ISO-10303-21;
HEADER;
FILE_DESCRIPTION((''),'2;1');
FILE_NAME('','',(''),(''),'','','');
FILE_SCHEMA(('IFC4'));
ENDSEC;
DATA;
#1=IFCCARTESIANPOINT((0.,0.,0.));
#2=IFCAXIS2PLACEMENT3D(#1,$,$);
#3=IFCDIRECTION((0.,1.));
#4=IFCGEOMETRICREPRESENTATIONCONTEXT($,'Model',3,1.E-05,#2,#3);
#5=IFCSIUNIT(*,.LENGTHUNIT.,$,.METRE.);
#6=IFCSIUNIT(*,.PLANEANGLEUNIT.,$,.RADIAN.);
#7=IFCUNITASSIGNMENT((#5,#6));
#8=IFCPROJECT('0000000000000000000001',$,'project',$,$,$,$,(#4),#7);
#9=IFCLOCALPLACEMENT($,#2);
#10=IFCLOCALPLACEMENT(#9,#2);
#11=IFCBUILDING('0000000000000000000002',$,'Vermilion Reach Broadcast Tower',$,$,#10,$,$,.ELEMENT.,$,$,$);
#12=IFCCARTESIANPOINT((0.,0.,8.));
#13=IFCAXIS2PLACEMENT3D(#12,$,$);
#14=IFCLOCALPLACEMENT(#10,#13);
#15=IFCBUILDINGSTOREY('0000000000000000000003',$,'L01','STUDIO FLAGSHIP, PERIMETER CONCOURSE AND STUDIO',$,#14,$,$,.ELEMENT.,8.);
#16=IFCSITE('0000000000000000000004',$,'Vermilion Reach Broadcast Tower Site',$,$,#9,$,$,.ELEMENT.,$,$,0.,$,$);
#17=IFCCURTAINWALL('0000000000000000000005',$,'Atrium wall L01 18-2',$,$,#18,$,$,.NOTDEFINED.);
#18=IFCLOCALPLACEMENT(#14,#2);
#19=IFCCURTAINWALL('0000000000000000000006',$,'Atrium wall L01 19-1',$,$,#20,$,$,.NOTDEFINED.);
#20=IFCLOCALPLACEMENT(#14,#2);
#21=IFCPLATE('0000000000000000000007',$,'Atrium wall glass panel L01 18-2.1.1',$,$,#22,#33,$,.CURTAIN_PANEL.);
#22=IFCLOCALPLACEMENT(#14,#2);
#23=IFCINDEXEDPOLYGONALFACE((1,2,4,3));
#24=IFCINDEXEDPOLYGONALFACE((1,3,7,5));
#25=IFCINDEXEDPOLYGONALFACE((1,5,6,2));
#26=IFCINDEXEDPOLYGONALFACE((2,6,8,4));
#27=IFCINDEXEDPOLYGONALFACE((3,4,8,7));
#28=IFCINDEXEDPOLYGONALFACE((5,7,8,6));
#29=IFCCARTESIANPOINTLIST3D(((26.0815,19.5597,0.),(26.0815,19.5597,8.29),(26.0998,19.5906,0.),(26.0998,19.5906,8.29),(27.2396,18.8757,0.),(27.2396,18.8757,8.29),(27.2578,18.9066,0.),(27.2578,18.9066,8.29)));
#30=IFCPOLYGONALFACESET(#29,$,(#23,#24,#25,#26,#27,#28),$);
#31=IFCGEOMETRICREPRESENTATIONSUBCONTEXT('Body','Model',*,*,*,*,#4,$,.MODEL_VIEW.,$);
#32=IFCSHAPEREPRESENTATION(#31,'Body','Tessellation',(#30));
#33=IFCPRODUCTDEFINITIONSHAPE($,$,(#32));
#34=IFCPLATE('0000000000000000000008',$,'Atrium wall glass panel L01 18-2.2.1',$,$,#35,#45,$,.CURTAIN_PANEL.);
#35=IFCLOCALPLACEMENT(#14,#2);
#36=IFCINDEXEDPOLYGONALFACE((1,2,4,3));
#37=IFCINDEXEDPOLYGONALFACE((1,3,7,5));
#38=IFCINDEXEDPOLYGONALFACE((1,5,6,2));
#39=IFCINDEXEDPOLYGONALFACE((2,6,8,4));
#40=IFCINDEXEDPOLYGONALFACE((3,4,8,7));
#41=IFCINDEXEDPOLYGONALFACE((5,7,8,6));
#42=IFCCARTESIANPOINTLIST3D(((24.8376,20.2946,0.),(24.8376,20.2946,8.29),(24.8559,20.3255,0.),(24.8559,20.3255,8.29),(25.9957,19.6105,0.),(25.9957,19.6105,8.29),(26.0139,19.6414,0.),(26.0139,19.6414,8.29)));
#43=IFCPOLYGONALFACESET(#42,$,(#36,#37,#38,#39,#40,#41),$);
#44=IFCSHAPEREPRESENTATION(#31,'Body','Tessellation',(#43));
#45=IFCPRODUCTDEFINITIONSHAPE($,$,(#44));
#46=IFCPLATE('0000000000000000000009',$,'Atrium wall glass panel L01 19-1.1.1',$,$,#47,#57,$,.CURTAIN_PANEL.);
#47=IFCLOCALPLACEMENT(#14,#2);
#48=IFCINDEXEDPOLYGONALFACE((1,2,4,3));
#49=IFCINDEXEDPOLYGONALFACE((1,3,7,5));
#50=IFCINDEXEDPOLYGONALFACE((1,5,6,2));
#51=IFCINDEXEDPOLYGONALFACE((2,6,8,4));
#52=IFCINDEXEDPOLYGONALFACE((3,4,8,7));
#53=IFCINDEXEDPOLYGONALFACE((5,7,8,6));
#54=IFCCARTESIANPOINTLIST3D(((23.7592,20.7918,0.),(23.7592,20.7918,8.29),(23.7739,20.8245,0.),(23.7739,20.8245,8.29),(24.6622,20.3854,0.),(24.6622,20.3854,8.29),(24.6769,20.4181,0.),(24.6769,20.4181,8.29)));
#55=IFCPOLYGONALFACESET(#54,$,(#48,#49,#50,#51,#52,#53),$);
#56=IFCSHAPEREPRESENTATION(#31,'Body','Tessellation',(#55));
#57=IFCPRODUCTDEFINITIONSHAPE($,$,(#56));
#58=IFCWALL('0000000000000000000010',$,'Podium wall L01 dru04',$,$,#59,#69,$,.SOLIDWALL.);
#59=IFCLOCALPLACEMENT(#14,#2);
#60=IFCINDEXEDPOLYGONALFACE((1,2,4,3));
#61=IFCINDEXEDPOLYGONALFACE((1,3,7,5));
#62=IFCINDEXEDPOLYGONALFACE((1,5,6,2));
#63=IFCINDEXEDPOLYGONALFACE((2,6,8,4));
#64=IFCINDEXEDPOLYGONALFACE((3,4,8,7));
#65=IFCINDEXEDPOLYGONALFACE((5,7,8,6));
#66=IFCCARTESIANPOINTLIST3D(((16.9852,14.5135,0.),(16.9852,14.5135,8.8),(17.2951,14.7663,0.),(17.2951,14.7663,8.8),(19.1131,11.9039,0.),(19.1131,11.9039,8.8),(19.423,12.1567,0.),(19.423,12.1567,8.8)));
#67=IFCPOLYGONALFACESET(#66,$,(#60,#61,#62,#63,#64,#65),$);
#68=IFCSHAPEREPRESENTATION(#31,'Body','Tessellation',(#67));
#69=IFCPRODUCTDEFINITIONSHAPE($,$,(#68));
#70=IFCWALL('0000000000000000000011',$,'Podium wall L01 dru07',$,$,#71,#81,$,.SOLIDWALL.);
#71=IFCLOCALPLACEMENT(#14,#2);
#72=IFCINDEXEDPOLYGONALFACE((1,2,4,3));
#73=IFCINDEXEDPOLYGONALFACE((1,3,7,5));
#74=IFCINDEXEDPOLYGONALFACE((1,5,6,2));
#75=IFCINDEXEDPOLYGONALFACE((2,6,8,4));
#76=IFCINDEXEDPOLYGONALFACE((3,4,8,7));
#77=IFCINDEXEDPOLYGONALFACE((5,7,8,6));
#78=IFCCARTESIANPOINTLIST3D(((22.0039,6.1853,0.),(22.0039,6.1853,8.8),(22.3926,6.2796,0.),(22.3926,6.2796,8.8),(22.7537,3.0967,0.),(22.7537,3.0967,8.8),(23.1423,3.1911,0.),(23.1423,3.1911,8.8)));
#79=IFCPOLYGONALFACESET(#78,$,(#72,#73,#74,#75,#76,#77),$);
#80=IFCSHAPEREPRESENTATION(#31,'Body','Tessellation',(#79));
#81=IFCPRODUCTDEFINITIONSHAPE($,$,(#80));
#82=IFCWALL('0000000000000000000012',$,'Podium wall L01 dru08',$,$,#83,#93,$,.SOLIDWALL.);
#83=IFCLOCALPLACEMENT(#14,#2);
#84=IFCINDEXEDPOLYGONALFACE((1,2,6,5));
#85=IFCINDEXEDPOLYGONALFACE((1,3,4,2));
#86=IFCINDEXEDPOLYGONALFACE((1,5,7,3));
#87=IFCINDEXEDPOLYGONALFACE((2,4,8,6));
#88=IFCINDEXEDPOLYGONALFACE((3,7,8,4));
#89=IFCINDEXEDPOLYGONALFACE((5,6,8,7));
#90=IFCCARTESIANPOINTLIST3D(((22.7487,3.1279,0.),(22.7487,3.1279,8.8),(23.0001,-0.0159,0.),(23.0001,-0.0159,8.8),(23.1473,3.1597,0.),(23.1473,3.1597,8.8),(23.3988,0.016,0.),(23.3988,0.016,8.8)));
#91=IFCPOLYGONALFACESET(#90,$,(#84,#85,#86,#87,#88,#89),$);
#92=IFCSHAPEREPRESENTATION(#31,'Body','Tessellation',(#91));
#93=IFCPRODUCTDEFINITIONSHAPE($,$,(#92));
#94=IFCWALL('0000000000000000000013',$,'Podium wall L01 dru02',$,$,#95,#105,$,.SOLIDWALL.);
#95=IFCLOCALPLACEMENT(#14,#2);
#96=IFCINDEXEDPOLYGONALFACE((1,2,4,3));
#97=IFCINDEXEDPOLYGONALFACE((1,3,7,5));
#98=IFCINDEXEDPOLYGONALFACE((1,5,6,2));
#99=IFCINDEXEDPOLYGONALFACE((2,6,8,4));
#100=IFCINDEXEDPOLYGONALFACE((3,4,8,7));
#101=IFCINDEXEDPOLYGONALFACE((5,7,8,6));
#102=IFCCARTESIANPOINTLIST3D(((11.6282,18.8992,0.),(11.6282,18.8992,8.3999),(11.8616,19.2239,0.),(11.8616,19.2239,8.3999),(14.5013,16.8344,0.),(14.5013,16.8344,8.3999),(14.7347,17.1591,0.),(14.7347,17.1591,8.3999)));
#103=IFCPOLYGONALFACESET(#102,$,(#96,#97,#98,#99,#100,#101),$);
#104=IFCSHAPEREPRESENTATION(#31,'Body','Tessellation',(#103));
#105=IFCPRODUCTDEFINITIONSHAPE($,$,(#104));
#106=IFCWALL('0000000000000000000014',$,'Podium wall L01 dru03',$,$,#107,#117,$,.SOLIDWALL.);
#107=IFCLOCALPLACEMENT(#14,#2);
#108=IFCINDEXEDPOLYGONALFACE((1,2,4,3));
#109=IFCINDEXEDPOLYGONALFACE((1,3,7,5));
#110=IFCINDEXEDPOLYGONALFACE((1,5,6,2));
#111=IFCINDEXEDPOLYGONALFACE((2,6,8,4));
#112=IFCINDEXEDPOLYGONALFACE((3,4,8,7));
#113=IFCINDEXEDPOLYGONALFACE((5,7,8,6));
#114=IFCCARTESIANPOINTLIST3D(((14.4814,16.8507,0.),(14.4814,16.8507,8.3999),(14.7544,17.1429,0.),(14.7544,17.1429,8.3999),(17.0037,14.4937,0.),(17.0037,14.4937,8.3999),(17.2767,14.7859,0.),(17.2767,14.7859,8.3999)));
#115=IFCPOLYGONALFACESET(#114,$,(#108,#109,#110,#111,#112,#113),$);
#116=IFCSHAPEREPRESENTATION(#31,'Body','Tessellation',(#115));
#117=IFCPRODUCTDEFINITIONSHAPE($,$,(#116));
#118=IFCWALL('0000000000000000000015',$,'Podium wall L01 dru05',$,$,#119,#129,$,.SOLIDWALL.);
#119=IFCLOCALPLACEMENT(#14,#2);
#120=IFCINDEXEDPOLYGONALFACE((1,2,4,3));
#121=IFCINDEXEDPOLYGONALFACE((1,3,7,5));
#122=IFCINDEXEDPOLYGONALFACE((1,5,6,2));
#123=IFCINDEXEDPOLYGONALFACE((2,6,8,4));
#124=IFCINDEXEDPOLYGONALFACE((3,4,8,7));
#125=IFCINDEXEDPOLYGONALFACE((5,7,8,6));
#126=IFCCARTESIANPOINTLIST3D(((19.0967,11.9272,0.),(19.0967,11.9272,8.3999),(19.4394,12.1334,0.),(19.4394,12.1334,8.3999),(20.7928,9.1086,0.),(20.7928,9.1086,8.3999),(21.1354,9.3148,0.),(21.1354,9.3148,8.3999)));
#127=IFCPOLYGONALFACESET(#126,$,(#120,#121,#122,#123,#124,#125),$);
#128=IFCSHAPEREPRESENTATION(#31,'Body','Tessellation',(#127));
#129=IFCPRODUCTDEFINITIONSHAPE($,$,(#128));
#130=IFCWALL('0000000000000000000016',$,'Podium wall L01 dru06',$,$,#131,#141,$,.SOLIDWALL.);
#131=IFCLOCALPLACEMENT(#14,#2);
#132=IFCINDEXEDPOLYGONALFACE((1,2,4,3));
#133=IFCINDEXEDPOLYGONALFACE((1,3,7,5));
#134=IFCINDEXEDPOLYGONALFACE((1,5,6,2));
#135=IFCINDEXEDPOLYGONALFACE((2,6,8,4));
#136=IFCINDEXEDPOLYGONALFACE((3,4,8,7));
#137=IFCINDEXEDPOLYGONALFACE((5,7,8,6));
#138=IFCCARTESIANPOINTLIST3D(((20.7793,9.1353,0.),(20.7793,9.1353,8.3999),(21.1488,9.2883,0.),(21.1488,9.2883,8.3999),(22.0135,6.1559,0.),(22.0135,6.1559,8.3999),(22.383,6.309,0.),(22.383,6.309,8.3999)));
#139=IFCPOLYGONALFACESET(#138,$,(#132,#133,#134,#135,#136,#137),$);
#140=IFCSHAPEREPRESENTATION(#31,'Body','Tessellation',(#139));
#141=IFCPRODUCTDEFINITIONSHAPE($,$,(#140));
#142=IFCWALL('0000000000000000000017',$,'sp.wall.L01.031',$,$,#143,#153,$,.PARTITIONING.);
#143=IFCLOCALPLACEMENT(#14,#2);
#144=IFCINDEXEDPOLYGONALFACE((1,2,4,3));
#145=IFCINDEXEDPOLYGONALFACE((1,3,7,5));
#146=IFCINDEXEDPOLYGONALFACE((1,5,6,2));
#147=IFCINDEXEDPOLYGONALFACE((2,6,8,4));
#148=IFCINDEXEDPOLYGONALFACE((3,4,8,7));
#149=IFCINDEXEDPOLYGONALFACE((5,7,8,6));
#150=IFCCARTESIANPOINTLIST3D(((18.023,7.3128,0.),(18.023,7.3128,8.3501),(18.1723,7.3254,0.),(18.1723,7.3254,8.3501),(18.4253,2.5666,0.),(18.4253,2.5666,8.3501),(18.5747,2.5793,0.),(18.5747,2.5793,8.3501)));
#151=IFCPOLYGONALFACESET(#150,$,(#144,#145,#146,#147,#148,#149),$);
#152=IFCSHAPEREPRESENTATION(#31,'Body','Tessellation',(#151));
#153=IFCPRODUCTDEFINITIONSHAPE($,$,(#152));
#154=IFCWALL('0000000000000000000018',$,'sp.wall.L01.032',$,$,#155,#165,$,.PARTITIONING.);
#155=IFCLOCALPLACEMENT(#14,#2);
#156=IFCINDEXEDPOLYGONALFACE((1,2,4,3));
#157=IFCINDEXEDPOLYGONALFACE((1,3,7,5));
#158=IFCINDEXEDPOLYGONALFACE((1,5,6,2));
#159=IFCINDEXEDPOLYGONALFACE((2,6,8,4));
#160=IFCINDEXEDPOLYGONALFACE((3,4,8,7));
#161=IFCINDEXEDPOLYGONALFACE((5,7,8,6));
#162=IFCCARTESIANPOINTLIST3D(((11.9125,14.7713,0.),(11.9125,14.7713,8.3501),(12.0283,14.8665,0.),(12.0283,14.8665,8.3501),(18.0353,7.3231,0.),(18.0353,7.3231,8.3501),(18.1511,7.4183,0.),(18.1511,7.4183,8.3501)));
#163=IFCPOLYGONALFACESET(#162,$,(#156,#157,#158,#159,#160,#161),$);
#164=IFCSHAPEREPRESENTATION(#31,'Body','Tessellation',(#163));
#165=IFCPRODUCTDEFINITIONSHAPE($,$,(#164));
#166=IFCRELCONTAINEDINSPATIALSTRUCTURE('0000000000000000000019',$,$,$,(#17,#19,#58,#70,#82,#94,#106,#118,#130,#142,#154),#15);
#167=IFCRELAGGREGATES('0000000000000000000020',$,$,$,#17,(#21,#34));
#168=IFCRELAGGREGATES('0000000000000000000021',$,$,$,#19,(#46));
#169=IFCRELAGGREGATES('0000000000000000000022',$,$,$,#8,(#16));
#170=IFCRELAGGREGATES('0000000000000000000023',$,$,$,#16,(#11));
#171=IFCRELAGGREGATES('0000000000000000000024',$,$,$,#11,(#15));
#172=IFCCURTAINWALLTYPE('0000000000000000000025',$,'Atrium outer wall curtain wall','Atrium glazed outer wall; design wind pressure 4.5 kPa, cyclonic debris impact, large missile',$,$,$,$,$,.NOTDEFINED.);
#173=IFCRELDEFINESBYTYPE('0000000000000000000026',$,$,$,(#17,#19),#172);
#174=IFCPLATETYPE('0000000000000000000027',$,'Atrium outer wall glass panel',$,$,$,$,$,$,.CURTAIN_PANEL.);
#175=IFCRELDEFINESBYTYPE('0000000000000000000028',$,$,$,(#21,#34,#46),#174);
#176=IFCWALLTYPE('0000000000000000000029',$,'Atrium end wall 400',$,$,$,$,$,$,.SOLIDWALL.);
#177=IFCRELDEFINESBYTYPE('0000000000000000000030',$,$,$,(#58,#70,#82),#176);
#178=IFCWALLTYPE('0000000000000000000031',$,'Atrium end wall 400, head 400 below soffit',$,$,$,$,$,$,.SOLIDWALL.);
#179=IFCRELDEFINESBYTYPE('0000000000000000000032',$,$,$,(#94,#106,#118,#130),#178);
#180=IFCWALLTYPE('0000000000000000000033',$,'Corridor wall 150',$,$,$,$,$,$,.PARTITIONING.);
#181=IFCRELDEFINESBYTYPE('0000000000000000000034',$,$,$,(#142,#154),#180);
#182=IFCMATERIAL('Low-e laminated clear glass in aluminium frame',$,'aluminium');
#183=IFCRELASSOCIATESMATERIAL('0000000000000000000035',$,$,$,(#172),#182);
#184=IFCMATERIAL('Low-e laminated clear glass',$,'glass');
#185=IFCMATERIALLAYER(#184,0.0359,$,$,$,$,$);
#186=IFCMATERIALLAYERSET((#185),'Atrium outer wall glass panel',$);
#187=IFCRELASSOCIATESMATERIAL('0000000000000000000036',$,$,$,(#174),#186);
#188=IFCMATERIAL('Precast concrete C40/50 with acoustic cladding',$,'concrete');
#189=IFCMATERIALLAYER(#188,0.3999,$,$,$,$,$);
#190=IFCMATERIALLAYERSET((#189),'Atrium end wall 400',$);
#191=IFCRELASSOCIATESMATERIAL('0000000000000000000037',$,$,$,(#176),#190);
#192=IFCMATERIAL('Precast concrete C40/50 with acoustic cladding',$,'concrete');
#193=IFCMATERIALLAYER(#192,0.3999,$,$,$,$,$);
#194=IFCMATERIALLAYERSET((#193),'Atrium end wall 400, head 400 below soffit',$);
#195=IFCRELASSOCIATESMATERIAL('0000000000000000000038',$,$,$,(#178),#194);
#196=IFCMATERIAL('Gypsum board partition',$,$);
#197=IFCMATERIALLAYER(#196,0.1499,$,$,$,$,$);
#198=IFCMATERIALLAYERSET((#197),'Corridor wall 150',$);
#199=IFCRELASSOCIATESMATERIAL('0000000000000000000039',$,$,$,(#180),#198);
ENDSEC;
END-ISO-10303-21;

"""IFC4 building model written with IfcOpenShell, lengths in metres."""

from ifc_helpers import new_model, si_unit, direction, frame, frame_2d, origin, origin_2d, place, context, subcontext, project, spatial, rectangle, extrude, material, layer, layer_set, type_object, element, aggregate, save


model = new_model("IFC4")

# Units and contexts
model_context = context("Model", 3, precision=1e-05, world=origin(), true_north=direction((0.0, 1.0)))
body_context = subcontext(model_context, "Body", "Model", "MODEL_VIEW")
ifc_project = project(units=[si_unit("LENGTHUNIT", "METRE"), si_unit("PLANEANGLEUNIT", "RADIAN")], contexts=[model_context])

# Site, building, storey
site_placement = place(None, origin())
site = spatial("IfcSite", under=ifc_project, at=site_placement, Name="Vermilion Reach Broadcast Tower Site", CompositionType="ELEMENT", RefElevation=0.0)
building_placement = place(site_placement, origin())
building = spatial("IfcBuilding", under=site, at=building_placement, Name="Vermilion Reach Broadcast Tower", CompositionType="ELEMENT")
storey_placement = place(building_placement, frame((0.0, 0.0, 8.0)))
storey = spatial("IfcBuildingStorey", under=building, at=storey_placement, Name="L01", Description="STUDIO FLAGSHIP, PERIMETER CONCOURSE AND STUDIO", CompositionType="ELEMENT", Elevation=8.0)

# Curtain walls
ifc_material_1 = material(Name="Low-e laminated clear glass in aluminium frame", Category="aluminium")
curtain_wall_type = type_object("IfcCurtainWallType", Name="Atrium outer wall curtain wall", Description="Atrium glazed outer wall; design wind pressure 4.5 kPa, cyclonic debris impact, large missile", PredefinedType="NOTDEFINED", material=ifc_material_1)
placement = place(storey_placement, origin())
curtain_wall_1 = element("IfcCurtainWall", 1, at=placement, inside=storey, type_object=curtain_wall_type, Name="Atrium wall L01 18-2", PredefinedType="NOTDEFINED")
curtain_wall_2 = element("IfcCurtainWall", 2, at=placement, inside=storey, type_object=curtain_wall_type, Name="Atrium wall L01 19-1", PredefinedType="NOTDEFINED")

# Plates
ifc_material_2 = material(Name="Low-e laminated clear glass", Category="glass")
ifc_layer_1 = layer(ifc_material_2, 0.0359)
ifc_layer_set_1 = layer_set([ifc_layer_1], Name="Atrium outer wall glass panel")
plate_type = type_object("IfcPlateType", Name="Atrium outer wall glass panel", PredefinedType="CURTAIN_PANEL", material=ifc_layer_set_1)
plate_1_placement = place(storey_placement, frame((26.6697, 19.2332, 0.0), z_axis=(0.0, 0.0, 1.0), x_axis=(-0.861009, 0.50859, 0.0)))
plate_1 = element("IfcPlate", 3, at=plate_1_placement, type_object=plate_type, Name="Atrium wall glass panel L01 18-2.1.1", PredefinedType="CURTAIN_PANEL", context=body_context, shape_type="SweptSolid", body=[
    extrude(rectangle(XDim=1.345, YDim=0.0359, at=origin_2d()), origin(), (0.0, 0.0, 1.0), 8.29),
])
plate_2_placement = place(storey_placement, frame((25.4258, 19.968, 0.0), z_axis=(0.0, 0.0, 1.0), x_axis=(-0.861009, 0.50859, 0.0)))
plate_2 = element("IfcPlate", 4, at=plate_2_placement, type_object=plate_type, Name="Atrium wall glass panel L01 18-2.2.1", PredefinedType="CURTAIN_PANEL", context=body_context, shape_type="SweptSolid", body=[
    extrude(rectangle(XDim=1.345, YDim=0.0359, at=origin_2d()), origin(), (0.0, 0.0, 1.0), 8.29),
])
aggregate(curtain_wall_1, [plate_1, plate_2])
plate_3_placement = place(storey_placement, frame((24.218, 20.605, 0.0), z_axis=(0.0, 0.0, 1.0), x_axis=(-0.911902, 0.410408, 0.0)))
plate_3 = element("IfcPlate", 5, at=plate_3_placement, type_object=plate_type, Name="Atrium wall glass panel L01 19-1.1.1", PredefinedType="CURTAIN_PANEL", context=body_context, shape_type="SweptSolid", body=[
    extrude(rectangle(XDim=0.9902, YDim=0.0359, at=origin_2d()), origin(), (0.0, 0.0, 1.0), 8.29),
])
aggregate(curtain_wall_2, [plate_3])

# Walls
ifc_material_3 = material(Name="Precast concrete C40/50 with acoustic cladding", Category="concrete")
ifc_layer_2 = layer(ifc_material_3, 0.3999)
ifc_layer_set_2 = layer_set([ifc_layer_2], Name="Atrium end wall 400")
wall_type_1 = type_object("IfcWallType", Name="Atrium end wall 400", PredefinedType="SOLIDWALL", material=ifc_layer_set_2)
wall_1_placement = place(storey_placement, frame((17.1401, 14.6399, 0.0), z_axis=(0.0, 0.0, 1.0), x_axis=(0.631954, -0.775006, 0.0)))
element("IfcWall", 6, at=wall_1_placement, inside=storey, type_object=wall_type_1, Name="Podium wall L01 dru04", PredefinedType="SOLIDWALL", context=body_context, shape_type="SweptSolid", body=[
    extrude(rectangle(XDim=3.3672, YDim=0.3999, at=frame_2d((1.6836, 0.0))), origin(), (0.0, 0.0, 1.0), 8.8),
])
wall_2_placement = place(storey_placement, frame((22.1982, 6.2324, 0.0), z_axis=(0.0, 0.0, 1.0), x_axis=(0.235897, -0.971778, 0.0)))
element("IfcWall", 7, at=wall_2_placement, inside=storey, type_object=wall_type_1, Name="Podium wall L01 dru07", PredefinedType="SOLIDWALL", context=body_context, shape_type="SweptSolid", body=[
    extrude(rectangle(XDim=3.1782, YDim=0.3999, at=frame_2d((1.5891, 0.0))), origin(), (0.0, 0.0, 1.0), 8.8),
])
wall_3_placement = place(storey_placement, frame((22.948, 3.1438, 0.0), z_axis=(0.0, 0.0, 1.0), x_axis=(0.079733, -0.996816, 0.0)))
element("IfcWall", 8, at=wall_3_placement, inside=storey, type_object=wall_type_1, Name="Podium wall L01 dru08", PredefinedType="SOLIDWALL", context=body_context, shape_type="SweptSolid", body=[
    extrude(rectangle(XDim=3.1538, YDim=0.3999, at=frame_2d((1.5769, 0.0))), origin(), (0.0, 0.0, 1.0), 8.8),
])
ifc_material_4 = material(Name="Precast concrete C40/50 with acoustic cladding", Category="concrete")
ifc_layer_3 = layer(ifc_material_4, 0.3999)
ifc_layer_set_3 = layer_set([ifc_layer_3], Name="Atrium end wall 400, head 400 below soffit")
wall_type_2 = type_object("IfcWallType", Name="Atrium end wall 400, head 400 below soffit", PredefinedType="SOLIDWALL", material=ifc_layer_set_3)
wall_4_placement = place(storey_placement, frame((11.7449, 19.0615, 0.0), z_axis=(0.0, 0.0, 1.0), x_axis=(0.812056, -0.583579, 0.0)))
element("IfcWall", 9, at=wall_4_placement, inside=storey, type_object=wall_type_2, Name="Podium wall L01 dru02", PredefinedType="SOLIDWALL", context=body_context, shape_type="SweptSolid", body=[
    extrude(rectangle(XDim=3.5381, YDim=0.3999, at=frame_2d((1.769, 0.0))), origin(), (0.0, 0.0, 1.0), 8.3999),
])
wall_5_placement = place(storey_placement, frame((14.6179, 16.9968, 0.0), z_axis=(0.0, 0.0, 1.0), x_axis=(0.730641, -0.682762, 0.0)))
element("IfcWall", 10, at=wall_5_placement, inside=storey, type_object=wall_type_2, Name="Podium wall L01 dru03", PredefinedType="SOLIDWALL", context=body_context, shape_type="SweptSolid", body=[
    extrude(rectangle(XDim=3.4521, YDim=0.3999, at=frame_2d((1.7261, 0.0))), origin(), (0.0, 0.0, 1.0), 8.3999),
])
wall_6_placement = place(storey_placement, frame((19.2681, 12.0303, 0.0), z_axis=(0.0, 0.0, 1.0), x_axis=(0.515587, -0.856837, 0.0)))
element("IfcWall", 11, at=wall_6_placement, inside=storey, type_object=wall_type_2, Name="Podium wall L01 dru05", PredefinedType="SOLIDWALL", context=body_context, shape_type="SweptSolid", body=[
    extrude(rectangle(XDim=3.2896, YDim=0.3999, at=frame_2d((1.6448, 0.0))), origin(), (0.0, 0.0, 1.0), 8.3999),
])
wall_7_placement = place(storey_placement, frame((20.9641, 9.2117, 0.0), z_axis=(0.0, 0.0, 1.0), x_axis=(0.382706, -0.92387, 0.0)))
element("IfcWall", 12, at=wall_7_placement, inside=storey, type_object=wall_type_2, Name="Podium wall L01 dru06", PredefinedType="SOLIDWALL", context=body_context, shape_type="SweptSolid", body=[
    extrude(rectangle(XDim=3.2249, YDim=0.3999, at=frame_2d((1.6123, 0.0))), origin(), (0.0, 0.0, 1.0), 8.3999),
])
ifc_material_5 = material(Name="Gypsum board partition")
ifc_layer_4 = layer(ifc_material_5, 0.1499)
ifc_layer_set_4 = layer_set([ifc_layer_4], Name="Corridor wall 150")
wall_type_3 = type_object("IfcWallType", Name="Corridor wall 150", PredefinedType="PARTITIONING", material=ifc_layer_set_4)
wall_8_placement = place(storey_placement, frame((18.0977, 7.3191, 0.0), z_axis=(0.0, 0.0, 1.0), x_axis=(0.084471, -0.996426, 0.0)))
element("IfcWall", 13, at=wall_8_placement, inside=storey, type_object=wall_type_3, Name="sp.wall.L01.031", PredefinedType="PARTITIONING", context=body_context, shape_type="SweptSolid", body=[
    extrude(rectangle(XDim=4.7632, YDim=0.1499, at=frame_2d((2.3816, 0.0))), origin(), (0.0, 0.0, 1.0), 8.3501),
])
wall_9_placement = place(storey_placement, frame((11.9705, 14.8188, 0.0), z_axis=(0.0, 0.0, 1.0), x_axis=(0.635024, -0.772492, 0.0)))
element("IfcWall", 14, at=wall_9_placement, inside=storey, type_object=wall_type_3, Name="sp.wall.L01.032", PredefinedType="PARTITIONING", context=body_context, shape_type="SweptSolid", body=[
    extrude(rectangle(XDim=9.6418, YDim=0.1499, at=frame_2d((4.8208, 0.0))), origin(), (0.0, 0.0, 1.0), 8.3501),
])

save(model, "model.ifc")
